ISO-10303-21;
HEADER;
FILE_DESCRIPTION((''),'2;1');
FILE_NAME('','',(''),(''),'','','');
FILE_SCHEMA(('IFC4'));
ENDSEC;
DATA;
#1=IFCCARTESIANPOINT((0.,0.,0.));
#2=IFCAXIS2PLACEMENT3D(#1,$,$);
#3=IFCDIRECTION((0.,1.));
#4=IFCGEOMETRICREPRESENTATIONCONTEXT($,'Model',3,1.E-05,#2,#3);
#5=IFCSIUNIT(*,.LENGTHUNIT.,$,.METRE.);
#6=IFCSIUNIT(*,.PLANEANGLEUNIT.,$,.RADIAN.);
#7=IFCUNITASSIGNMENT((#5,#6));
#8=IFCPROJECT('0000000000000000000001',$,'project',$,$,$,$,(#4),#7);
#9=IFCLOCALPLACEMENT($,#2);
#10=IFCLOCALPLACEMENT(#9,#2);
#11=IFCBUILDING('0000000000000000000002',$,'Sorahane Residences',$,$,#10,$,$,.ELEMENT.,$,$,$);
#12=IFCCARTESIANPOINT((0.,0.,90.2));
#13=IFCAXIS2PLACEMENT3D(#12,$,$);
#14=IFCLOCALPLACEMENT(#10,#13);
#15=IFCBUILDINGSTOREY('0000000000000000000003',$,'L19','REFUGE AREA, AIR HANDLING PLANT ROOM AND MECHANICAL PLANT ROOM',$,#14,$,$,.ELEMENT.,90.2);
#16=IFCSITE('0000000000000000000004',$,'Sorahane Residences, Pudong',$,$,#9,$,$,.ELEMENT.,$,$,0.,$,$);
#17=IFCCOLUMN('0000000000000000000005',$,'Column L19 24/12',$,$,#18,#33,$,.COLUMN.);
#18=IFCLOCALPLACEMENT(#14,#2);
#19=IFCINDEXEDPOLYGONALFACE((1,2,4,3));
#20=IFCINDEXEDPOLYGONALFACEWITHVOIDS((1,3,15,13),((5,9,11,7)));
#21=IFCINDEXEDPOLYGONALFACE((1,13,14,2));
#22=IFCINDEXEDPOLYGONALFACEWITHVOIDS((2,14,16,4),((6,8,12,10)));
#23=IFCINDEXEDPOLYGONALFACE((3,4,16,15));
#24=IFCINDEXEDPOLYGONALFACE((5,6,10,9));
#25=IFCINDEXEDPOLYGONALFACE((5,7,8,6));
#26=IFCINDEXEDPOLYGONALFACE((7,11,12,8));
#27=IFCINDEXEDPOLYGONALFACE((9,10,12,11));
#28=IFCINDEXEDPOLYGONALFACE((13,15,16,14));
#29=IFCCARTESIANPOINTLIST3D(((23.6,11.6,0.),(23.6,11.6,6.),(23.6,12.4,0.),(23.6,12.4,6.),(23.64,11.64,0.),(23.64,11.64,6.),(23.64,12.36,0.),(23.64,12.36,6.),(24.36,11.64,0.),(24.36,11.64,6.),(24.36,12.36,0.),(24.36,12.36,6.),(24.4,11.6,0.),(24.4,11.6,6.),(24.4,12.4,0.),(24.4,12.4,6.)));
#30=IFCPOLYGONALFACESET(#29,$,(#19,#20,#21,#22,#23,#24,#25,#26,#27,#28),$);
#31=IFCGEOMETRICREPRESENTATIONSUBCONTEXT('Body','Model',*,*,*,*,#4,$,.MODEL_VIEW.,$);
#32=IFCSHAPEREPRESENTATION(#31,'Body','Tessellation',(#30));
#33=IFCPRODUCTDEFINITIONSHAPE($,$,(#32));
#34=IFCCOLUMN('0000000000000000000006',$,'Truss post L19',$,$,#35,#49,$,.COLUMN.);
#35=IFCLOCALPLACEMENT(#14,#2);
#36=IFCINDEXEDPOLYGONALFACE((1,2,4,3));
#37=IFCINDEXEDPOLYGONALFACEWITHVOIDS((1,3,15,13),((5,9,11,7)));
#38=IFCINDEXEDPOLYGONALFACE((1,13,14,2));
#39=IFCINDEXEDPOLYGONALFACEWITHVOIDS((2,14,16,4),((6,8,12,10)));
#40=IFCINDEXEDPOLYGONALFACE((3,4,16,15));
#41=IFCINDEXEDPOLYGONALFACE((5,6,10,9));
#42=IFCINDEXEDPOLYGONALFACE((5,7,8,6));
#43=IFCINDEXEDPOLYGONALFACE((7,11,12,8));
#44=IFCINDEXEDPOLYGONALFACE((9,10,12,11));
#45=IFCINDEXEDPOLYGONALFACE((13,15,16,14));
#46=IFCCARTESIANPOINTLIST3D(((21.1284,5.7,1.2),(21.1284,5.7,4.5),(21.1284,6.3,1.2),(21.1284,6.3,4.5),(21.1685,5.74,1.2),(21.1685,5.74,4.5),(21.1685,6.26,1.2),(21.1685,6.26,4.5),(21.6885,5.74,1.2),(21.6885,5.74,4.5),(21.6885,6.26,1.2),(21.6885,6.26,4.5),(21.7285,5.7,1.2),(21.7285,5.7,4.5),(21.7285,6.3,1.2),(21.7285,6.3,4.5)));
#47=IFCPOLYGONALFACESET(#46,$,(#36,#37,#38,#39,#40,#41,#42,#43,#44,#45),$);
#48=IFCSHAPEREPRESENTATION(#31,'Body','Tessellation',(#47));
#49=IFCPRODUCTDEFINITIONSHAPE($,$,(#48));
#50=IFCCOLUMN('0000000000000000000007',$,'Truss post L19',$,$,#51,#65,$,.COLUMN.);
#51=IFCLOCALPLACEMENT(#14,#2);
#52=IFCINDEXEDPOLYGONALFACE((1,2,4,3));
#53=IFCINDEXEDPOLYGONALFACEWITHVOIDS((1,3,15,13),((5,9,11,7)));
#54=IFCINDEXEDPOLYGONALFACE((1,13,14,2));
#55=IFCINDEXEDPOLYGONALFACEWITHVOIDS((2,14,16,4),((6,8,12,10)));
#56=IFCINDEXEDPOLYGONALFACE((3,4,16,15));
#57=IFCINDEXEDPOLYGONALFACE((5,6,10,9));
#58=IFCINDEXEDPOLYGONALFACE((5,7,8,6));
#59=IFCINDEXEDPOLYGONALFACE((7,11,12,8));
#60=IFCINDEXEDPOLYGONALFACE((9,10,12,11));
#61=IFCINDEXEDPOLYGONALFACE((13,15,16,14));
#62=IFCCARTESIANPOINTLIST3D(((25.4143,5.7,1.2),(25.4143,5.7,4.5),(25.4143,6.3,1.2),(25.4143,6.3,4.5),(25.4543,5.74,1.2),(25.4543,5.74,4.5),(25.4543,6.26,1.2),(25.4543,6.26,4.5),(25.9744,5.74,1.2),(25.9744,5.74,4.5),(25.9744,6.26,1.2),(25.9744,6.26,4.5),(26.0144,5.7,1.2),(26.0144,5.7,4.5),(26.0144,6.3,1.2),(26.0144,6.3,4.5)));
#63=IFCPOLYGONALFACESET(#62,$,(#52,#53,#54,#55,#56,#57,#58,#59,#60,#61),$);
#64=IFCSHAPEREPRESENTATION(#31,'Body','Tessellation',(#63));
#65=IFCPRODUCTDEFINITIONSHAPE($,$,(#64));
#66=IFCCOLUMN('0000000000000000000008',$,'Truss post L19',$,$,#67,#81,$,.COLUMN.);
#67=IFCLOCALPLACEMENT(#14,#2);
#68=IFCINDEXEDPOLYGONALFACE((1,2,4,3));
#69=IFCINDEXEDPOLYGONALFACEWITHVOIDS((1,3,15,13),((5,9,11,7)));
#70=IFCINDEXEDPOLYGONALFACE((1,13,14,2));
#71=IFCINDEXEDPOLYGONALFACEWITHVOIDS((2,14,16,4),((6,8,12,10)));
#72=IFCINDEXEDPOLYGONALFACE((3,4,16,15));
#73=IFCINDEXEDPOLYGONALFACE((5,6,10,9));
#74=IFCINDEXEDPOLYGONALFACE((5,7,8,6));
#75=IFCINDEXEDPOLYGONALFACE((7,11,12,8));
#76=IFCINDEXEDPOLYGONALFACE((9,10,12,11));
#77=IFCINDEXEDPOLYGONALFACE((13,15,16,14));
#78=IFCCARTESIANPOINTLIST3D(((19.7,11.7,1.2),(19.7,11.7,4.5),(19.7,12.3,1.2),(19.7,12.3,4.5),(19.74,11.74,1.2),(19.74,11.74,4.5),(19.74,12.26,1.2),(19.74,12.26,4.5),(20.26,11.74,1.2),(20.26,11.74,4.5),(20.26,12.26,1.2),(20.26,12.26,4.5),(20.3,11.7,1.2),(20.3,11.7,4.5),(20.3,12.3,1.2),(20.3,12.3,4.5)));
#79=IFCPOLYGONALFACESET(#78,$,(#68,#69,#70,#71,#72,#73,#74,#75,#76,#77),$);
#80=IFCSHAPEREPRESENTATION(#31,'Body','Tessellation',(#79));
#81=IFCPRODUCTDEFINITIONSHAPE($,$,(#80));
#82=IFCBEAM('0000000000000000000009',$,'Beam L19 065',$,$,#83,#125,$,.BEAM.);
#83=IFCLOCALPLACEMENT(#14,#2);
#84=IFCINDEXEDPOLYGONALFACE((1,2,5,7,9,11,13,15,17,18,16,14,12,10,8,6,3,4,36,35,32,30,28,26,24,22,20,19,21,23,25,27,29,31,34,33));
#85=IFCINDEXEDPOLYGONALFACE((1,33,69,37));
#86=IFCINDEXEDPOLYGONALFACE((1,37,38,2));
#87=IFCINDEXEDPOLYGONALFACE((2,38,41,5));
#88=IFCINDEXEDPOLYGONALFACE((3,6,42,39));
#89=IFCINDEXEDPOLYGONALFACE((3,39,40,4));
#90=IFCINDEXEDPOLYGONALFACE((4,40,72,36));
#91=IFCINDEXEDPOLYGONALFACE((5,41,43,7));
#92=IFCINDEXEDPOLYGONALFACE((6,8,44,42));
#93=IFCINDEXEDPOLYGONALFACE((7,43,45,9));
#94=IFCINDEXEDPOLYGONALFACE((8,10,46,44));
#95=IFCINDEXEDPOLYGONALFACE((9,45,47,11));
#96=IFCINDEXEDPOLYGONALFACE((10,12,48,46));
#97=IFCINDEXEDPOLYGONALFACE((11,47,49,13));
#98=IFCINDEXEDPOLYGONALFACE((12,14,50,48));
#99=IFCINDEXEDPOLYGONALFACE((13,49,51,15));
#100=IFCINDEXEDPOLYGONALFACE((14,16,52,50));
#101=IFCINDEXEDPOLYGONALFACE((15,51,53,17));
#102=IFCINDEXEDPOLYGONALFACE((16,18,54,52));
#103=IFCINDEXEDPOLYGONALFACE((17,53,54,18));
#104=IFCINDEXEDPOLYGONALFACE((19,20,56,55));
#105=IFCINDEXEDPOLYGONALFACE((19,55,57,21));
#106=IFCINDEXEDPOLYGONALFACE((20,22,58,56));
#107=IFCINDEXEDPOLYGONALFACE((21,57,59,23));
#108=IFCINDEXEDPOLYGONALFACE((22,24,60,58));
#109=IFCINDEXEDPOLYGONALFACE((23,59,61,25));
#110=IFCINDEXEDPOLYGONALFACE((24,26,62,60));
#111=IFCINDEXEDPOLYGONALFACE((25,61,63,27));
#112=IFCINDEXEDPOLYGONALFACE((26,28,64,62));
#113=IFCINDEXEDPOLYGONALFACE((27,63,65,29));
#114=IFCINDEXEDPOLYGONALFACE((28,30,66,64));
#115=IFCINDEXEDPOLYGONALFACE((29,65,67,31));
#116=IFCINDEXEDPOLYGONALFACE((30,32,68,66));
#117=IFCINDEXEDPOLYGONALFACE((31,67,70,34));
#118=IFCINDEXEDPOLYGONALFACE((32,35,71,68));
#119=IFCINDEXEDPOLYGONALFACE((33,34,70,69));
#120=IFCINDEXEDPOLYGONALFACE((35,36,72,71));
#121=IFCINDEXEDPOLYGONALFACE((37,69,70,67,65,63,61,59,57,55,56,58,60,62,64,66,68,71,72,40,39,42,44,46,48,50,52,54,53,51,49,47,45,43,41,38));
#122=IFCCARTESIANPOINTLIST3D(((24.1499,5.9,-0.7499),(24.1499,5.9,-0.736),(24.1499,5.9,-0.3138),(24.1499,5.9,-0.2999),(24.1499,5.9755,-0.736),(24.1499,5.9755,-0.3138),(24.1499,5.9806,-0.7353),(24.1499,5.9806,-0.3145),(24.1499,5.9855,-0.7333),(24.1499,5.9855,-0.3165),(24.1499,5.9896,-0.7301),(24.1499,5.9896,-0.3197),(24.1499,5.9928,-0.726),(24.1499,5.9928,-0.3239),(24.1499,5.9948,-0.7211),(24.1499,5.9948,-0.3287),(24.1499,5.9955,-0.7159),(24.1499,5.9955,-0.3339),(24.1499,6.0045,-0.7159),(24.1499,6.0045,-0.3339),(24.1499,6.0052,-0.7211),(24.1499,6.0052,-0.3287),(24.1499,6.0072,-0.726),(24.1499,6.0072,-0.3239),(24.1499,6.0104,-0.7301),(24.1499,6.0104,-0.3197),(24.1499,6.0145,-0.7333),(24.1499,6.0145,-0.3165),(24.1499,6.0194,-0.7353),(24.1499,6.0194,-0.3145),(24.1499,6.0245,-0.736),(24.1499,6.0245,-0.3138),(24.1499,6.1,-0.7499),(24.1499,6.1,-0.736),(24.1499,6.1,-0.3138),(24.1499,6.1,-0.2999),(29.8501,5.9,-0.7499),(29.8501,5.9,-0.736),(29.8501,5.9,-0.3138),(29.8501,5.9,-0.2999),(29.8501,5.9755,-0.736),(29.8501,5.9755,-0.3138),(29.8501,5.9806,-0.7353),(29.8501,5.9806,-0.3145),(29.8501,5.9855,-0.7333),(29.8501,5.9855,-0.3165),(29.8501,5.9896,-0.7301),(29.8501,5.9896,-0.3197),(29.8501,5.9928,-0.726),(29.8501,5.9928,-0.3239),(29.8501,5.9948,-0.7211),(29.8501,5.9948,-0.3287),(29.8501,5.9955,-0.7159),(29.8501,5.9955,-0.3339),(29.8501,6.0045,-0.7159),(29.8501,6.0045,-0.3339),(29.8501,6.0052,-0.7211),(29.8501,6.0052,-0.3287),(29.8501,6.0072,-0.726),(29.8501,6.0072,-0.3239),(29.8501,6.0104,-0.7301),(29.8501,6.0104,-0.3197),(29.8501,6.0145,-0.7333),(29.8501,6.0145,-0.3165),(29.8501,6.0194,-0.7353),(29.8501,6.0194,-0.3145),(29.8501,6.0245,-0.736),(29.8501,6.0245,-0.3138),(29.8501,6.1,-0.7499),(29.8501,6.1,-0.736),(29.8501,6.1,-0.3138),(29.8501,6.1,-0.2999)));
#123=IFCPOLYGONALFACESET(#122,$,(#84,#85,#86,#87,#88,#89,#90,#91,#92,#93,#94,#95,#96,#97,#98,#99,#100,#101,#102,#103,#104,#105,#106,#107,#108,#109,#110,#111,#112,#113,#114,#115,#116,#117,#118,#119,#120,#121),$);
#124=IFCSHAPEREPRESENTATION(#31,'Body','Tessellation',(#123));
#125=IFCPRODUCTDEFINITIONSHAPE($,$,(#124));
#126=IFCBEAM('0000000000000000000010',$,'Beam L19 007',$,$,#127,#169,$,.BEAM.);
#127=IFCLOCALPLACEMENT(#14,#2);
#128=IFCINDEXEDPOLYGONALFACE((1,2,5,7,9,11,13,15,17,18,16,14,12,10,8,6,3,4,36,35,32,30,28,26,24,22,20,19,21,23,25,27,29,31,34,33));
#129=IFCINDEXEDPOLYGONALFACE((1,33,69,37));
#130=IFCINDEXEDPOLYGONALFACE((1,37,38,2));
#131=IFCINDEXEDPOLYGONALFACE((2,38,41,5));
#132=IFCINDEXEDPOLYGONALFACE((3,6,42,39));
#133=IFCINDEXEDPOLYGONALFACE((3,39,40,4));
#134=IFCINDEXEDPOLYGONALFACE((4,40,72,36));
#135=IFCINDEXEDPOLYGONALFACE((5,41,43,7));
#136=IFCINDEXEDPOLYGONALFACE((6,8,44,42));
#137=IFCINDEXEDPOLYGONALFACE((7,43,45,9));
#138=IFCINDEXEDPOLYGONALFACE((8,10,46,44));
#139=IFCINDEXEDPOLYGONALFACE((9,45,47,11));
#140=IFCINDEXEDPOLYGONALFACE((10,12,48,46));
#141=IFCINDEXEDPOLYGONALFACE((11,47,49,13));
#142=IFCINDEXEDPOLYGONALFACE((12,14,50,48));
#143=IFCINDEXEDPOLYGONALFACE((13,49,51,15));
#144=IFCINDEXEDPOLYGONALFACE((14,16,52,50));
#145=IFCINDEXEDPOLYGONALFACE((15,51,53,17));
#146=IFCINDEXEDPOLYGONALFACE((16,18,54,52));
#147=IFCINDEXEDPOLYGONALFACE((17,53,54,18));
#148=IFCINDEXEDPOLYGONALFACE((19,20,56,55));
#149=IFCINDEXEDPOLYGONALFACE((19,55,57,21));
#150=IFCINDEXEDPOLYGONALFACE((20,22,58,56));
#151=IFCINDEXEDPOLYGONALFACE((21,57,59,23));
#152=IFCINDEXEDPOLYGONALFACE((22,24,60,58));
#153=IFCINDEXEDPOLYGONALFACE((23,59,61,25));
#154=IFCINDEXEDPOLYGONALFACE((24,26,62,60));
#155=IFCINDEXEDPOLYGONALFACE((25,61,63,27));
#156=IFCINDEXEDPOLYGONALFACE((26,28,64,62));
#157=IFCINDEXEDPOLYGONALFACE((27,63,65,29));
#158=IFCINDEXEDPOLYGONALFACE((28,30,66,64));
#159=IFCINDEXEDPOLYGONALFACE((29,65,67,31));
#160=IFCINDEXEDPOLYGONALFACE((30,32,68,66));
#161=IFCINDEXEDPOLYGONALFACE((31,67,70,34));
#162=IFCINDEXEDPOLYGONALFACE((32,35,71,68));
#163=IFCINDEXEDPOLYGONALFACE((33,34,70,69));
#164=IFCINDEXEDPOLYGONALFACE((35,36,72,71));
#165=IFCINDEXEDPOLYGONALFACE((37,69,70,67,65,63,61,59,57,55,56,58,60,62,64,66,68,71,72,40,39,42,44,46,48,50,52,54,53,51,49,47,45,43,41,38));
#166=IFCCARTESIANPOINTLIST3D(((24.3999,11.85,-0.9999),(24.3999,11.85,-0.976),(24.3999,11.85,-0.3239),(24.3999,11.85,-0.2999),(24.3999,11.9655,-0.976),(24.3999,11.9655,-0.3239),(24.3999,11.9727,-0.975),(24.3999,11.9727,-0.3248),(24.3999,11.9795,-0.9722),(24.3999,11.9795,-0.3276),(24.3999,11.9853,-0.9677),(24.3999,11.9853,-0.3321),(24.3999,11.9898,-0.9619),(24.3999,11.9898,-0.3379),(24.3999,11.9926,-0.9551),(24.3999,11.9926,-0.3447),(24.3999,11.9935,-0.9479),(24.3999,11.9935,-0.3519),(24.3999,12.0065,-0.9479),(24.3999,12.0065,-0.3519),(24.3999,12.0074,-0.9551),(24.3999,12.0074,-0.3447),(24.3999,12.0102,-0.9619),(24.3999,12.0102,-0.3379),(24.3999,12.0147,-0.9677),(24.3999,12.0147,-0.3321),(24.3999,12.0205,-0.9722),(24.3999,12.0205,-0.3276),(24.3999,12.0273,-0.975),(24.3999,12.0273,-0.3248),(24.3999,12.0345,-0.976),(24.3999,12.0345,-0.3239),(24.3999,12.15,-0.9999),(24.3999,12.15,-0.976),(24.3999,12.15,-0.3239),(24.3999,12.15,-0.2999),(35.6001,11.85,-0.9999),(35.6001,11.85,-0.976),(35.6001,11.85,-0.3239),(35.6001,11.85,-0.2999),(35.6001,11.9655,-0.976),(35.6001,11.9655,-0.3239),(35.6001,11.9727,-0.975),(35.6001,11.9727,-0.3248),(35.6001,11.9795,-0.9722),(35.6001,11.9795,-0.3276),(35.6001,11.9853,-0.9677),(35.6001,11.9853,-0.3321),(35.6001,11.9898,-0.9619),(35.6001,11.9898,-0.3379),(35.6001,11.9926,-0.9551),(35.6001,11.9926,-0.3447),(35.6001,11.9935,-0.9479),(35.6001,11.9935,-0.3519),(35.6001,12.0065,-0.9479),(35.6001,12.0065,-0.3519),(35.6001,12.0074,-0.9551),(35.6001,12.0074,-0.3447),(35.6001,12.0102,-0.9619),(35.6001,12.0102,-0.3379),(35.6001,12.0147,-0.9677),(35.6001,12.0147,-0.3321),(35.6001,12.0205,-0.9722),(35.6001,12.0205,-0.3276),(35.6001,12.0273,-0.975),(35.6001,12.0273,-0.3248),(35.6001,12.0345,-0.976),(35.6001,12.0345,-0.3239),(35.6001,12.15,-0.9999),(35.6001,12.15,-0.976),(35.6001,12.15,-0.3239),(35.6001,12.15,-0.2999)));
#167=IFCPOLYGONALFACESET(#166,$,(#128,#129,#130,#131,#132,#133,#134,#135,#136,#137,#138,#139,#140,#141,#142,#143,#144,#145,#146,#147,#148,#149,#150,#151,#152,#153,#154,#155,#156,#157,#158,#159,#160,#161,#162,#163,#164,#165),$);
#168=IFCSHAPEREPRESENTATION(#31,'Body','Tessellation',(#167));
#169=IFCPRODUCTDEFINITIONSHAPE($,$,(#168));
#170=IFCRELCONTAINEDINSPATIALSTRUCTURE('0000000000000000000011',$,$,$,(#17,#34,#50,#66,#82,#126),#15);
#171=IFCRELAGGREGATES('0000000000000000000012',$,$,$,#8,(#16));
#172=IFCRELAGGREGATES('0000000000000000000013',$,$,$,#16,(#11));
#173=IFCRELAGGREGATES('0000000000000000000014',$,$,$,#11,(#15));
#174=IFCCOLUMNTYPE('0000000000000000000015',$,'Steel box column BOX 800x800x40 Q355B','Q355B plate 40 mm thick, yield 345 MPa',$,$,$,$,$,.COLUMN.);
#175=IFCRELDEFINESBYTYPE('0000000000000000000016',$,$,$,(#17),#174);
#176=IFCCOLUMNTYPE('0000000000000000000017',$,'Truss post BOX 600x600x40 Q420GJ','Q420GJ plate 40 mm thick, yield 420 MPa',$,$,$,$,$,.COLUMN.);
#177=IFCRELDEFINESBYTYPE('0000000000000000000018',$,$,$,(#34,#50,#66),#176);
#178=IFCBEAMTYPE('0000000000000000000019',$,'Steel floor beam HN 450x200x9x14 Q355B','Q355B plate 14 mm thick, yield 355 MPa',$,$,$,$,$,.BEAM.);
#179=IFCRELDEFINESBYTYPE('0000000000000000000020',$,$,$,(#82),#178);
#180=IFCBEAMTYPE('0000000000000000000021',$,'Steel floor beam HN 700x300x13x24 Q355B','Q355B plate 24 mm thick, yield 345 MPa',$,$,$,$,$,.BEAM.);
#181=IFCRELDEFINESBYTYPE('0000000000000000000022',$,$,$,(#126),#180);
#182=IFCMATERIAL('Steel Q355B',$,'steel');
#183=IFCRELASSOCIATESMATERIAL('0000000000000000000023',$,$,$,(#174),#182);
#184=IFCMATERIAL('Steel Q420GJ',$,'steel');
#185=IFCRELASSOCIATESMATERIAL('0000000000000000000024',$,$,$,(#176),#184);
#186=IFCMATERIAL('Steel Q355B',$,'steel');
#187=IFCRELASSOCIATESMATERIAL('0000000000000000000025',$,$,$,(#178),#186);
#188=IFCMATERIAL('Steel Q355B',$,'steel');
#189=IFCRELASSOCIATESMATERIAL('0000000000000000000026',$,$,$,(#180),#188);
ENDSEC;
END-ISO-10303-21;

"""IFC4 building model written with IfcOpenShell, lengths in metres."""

from ifc_helpers import new_model, si_unit, direction, frame, origin, origin_2d, place, context, subcontext, project, spatial, hollow_rectangle, i_section, extrude, material, material_profile, profile_set, type_object, element, save


model = new_model("IFC4")

# Units and contexts
model_context = context("Model", 3, precision=1e-05, world=origin(), true_north=direction((0.0, 1.0)))
body_context = subcontext(model_context, "Body", "Model", "MODEL_VIEW")
ifc_project = project(units=[si_unit("LENGTHUNIT", "METRE"), si_unit("PLANEANGLEUNIT", "RADIAN")], contexts=[model_context])

# Site, building, storey
site_placement = place(None, origin())
site = spatial("IfcSite", under=ifc_project, at=site_placement, Name="Sorahane Residences, Pudong", CompositionType="ELEMENT", RefElevation=0.0)
building_placement = place(site_placement, origin())
building = spatial("IfcBuilding", under=site, at=building_placement, Name="Sorahane Residences", CompositionType="ELEMENT")
storey_placement = place(building_placement, frame((0.0, 0.0, 90.2)))
storey = spatial("IfcBuildingStorey", under=building, at=storey_placement, Name="L19", Description="REFUGE AREA, AIR HANDLING PLANT ROOM AND MECHANICAL PLANT ROOM", CompositionType="ELEMENT", Elevation=90.2)

# Columns
ifc_material_1 = material(Name="Steel Q355B", Category="steel")
ifc_material_profile_1 = material_profile(ifc_material_1, hollow_rectangle(XDim=0.8, YDim=0.8, WallThickness=0.04, at=origin_2d()), Name="BOX 800x800x40")
ifc_profile_set_1 = profile_set([ifc_material_profile_1], Name="Steel Q355B")
column_type_1 = type_object("IfcColumnType", Name="Steel box column BOX 800x800x40 Q355B", Description="Q355B plate 40 mm thick, yield 345 MPa", PredefinedType="COLUMN", material=ifc_profile_set_1)
column_placement = place(storey_placement, frame((24.0, 12.0, 0.0), z_axis=(0.0, 0.0, 1.0), x_axis=(1.0, 0.0, 0.0)))
element("IfcColumn", 1, at=column_placement, inside=storey, type_object=column_type_1, Name="Column L19 24/12", PredefinedType="COLUMN", context=body_context, shape_type="SweptSolid", body=[
    extrude(hollow_rectangle(XDim=0.8, YDim=0.8, WallThickness=0.04, at=origin_2d()), origin(), (0.0, 0.0, 1.0), 6.0),
])
ifc_material_2 = material(Name="Steel Q420GJ", Category="steel")
ifc_material_profile_2 = material_profile(ifc_material_2, hollow_rectangle(XDim=0.6001, YDim=0.6001, WallThickness=0.04, at=origin_2d()), Name="BOX 600x600x40")
ifc_profile_set_2 = profile_set([ifc_material_profile_2], Name="Steel Q420GJ")
column_type_2 = type_object("IfcColumnType", Name="Truss post BOX 600x600x40 Q420GJ", Description="Q420GJ plate 40 mm thick, yield 420 MPa", PredefinedType="COLUMN", material=ifc_profile_set_2)
for number, where, z_axis, x_axis, name in (
    (2, (21.4285, 6.0, 1.2), (0.0, 0.0, 1.0), (1.0, 0.0, 0.0), "Truss post L19"),
    (3, (25.7144, 6.0, 1.2), (0.0, 0.0, 1.0), (1.0, 0.0, 0.0), "Truss post L19"),
    (4, (20.0, 12.0, 1.2), (0.0, 0.0, 1.0), (1.0, 0.0, 0.0), "Truss post L19"),
):
    element("IfcColumn", number, at=place(storey_placement, frame(where, z_axis=z_axis, x_axis=x_axis)), inside=storey, type_object=column_type_2, Name=name, PredefinedType="COLUMN", context=body_context, shape_type="SweptSolid", body=[
        extrude(hollow_rectangle(XDim=0.6001, YDim=0.6001, WallThickness=0.04, at=origin_2d()), origin(), (0.0, 0.0, 1.0), 3.3),
    ])

# Beams
ifc_material_3 = material(Name="Steel Q355B", Category="steel")
ifc_material_profile_3 = material_profile(ifc_material_3, i_section(OverallWidth=0.2, OverallDepth=0.45, WebThickness=0.009, FlangeThickness=0.0139, FilletRadius=0.02, at=origin_2d()), Name="HN 450x200x9x14")
ifc_profile_set_3 = profile_set([ifc_material_profile_3], Name="Steel Q355B")
beam_type_1 = type_object("IfcBeamType", Name="Steel floor beam HN 450x200x9x14 Q355B", Description="Q355B plate 14 mm thick, yield 355 MPa", PredefinedType="BEAM", material=ifc_profile_set_3)
beam_1_placement = place(storey_placement, frame((24.1499, 6.0, -0.5249), z_axis=(1.0, 0.0, 0.0), x_axis=(0.0, 1.0, 0.0)))
element("IfcBeam", 5, at=beam_1_placement, inside=storey, type_object=beam_type_1, Name="Beam L19 065", PredefinedType="BEAM", context=body_context, shape_type="SweptSolid", body=[
    extrude(i_section(OverallWidth=0.2, OverallDepth=0.45, WebThickness=0.009, FlangeThickness=0.0139, FilletRadius=0.02, at=origin_2d()), origin(), (0.0, 0.0, 1.0), 5.7002),
])
ifc_material_4 = material(Name="Steel Q355B", Category="steel")
ifc_material_profile_4 = material_profile(ifc_material_4, i_section(OverallWidth=0.3, OverallDepth=0.7, WebThickness=0.0129, FlangeThickness=0.0239, FilletRadius=0.0281, at=origin_2d()), Name="HN 700x300x13x24")
ifc_profile_set_4 = profile_set([ifc_material_profile_4], Name="Steel Q355B")
beam_type_2 = type_object("IfcBeamType", Name="Steel floor beam HN 700x300x13x24 Q355B", Description="Q355B plate 24 mm thick, yield 345 MPa", PredefinedType="BEAM", material=ifc_profile_set_4)
beam_2_placement = place(storey_placement, frame((24.3999, 12.0, -0.6499), z_axis=(1.0, 0.0, 0.0), x_axis=(0.0, 1.0, 0.0)))
element("IfcBeam", 6, at=beam_2_placement, inside=storey, type_object=beam_type_2, Name="Beam L19 007", PredefinedType="BEAM", context=body_context, shape_type="SweptSolid", body=[
    extrude(i_section(OverallWidth=0.3, OverallDepth=0.7, WebThickness=0.0129, FlangeThickness=0.0239, FilletRadius=0.0281, at=origin_2d()), origin(), (0.0, 0.0, 1.0), 11.2002),
])

save(model, "model.ifc")
